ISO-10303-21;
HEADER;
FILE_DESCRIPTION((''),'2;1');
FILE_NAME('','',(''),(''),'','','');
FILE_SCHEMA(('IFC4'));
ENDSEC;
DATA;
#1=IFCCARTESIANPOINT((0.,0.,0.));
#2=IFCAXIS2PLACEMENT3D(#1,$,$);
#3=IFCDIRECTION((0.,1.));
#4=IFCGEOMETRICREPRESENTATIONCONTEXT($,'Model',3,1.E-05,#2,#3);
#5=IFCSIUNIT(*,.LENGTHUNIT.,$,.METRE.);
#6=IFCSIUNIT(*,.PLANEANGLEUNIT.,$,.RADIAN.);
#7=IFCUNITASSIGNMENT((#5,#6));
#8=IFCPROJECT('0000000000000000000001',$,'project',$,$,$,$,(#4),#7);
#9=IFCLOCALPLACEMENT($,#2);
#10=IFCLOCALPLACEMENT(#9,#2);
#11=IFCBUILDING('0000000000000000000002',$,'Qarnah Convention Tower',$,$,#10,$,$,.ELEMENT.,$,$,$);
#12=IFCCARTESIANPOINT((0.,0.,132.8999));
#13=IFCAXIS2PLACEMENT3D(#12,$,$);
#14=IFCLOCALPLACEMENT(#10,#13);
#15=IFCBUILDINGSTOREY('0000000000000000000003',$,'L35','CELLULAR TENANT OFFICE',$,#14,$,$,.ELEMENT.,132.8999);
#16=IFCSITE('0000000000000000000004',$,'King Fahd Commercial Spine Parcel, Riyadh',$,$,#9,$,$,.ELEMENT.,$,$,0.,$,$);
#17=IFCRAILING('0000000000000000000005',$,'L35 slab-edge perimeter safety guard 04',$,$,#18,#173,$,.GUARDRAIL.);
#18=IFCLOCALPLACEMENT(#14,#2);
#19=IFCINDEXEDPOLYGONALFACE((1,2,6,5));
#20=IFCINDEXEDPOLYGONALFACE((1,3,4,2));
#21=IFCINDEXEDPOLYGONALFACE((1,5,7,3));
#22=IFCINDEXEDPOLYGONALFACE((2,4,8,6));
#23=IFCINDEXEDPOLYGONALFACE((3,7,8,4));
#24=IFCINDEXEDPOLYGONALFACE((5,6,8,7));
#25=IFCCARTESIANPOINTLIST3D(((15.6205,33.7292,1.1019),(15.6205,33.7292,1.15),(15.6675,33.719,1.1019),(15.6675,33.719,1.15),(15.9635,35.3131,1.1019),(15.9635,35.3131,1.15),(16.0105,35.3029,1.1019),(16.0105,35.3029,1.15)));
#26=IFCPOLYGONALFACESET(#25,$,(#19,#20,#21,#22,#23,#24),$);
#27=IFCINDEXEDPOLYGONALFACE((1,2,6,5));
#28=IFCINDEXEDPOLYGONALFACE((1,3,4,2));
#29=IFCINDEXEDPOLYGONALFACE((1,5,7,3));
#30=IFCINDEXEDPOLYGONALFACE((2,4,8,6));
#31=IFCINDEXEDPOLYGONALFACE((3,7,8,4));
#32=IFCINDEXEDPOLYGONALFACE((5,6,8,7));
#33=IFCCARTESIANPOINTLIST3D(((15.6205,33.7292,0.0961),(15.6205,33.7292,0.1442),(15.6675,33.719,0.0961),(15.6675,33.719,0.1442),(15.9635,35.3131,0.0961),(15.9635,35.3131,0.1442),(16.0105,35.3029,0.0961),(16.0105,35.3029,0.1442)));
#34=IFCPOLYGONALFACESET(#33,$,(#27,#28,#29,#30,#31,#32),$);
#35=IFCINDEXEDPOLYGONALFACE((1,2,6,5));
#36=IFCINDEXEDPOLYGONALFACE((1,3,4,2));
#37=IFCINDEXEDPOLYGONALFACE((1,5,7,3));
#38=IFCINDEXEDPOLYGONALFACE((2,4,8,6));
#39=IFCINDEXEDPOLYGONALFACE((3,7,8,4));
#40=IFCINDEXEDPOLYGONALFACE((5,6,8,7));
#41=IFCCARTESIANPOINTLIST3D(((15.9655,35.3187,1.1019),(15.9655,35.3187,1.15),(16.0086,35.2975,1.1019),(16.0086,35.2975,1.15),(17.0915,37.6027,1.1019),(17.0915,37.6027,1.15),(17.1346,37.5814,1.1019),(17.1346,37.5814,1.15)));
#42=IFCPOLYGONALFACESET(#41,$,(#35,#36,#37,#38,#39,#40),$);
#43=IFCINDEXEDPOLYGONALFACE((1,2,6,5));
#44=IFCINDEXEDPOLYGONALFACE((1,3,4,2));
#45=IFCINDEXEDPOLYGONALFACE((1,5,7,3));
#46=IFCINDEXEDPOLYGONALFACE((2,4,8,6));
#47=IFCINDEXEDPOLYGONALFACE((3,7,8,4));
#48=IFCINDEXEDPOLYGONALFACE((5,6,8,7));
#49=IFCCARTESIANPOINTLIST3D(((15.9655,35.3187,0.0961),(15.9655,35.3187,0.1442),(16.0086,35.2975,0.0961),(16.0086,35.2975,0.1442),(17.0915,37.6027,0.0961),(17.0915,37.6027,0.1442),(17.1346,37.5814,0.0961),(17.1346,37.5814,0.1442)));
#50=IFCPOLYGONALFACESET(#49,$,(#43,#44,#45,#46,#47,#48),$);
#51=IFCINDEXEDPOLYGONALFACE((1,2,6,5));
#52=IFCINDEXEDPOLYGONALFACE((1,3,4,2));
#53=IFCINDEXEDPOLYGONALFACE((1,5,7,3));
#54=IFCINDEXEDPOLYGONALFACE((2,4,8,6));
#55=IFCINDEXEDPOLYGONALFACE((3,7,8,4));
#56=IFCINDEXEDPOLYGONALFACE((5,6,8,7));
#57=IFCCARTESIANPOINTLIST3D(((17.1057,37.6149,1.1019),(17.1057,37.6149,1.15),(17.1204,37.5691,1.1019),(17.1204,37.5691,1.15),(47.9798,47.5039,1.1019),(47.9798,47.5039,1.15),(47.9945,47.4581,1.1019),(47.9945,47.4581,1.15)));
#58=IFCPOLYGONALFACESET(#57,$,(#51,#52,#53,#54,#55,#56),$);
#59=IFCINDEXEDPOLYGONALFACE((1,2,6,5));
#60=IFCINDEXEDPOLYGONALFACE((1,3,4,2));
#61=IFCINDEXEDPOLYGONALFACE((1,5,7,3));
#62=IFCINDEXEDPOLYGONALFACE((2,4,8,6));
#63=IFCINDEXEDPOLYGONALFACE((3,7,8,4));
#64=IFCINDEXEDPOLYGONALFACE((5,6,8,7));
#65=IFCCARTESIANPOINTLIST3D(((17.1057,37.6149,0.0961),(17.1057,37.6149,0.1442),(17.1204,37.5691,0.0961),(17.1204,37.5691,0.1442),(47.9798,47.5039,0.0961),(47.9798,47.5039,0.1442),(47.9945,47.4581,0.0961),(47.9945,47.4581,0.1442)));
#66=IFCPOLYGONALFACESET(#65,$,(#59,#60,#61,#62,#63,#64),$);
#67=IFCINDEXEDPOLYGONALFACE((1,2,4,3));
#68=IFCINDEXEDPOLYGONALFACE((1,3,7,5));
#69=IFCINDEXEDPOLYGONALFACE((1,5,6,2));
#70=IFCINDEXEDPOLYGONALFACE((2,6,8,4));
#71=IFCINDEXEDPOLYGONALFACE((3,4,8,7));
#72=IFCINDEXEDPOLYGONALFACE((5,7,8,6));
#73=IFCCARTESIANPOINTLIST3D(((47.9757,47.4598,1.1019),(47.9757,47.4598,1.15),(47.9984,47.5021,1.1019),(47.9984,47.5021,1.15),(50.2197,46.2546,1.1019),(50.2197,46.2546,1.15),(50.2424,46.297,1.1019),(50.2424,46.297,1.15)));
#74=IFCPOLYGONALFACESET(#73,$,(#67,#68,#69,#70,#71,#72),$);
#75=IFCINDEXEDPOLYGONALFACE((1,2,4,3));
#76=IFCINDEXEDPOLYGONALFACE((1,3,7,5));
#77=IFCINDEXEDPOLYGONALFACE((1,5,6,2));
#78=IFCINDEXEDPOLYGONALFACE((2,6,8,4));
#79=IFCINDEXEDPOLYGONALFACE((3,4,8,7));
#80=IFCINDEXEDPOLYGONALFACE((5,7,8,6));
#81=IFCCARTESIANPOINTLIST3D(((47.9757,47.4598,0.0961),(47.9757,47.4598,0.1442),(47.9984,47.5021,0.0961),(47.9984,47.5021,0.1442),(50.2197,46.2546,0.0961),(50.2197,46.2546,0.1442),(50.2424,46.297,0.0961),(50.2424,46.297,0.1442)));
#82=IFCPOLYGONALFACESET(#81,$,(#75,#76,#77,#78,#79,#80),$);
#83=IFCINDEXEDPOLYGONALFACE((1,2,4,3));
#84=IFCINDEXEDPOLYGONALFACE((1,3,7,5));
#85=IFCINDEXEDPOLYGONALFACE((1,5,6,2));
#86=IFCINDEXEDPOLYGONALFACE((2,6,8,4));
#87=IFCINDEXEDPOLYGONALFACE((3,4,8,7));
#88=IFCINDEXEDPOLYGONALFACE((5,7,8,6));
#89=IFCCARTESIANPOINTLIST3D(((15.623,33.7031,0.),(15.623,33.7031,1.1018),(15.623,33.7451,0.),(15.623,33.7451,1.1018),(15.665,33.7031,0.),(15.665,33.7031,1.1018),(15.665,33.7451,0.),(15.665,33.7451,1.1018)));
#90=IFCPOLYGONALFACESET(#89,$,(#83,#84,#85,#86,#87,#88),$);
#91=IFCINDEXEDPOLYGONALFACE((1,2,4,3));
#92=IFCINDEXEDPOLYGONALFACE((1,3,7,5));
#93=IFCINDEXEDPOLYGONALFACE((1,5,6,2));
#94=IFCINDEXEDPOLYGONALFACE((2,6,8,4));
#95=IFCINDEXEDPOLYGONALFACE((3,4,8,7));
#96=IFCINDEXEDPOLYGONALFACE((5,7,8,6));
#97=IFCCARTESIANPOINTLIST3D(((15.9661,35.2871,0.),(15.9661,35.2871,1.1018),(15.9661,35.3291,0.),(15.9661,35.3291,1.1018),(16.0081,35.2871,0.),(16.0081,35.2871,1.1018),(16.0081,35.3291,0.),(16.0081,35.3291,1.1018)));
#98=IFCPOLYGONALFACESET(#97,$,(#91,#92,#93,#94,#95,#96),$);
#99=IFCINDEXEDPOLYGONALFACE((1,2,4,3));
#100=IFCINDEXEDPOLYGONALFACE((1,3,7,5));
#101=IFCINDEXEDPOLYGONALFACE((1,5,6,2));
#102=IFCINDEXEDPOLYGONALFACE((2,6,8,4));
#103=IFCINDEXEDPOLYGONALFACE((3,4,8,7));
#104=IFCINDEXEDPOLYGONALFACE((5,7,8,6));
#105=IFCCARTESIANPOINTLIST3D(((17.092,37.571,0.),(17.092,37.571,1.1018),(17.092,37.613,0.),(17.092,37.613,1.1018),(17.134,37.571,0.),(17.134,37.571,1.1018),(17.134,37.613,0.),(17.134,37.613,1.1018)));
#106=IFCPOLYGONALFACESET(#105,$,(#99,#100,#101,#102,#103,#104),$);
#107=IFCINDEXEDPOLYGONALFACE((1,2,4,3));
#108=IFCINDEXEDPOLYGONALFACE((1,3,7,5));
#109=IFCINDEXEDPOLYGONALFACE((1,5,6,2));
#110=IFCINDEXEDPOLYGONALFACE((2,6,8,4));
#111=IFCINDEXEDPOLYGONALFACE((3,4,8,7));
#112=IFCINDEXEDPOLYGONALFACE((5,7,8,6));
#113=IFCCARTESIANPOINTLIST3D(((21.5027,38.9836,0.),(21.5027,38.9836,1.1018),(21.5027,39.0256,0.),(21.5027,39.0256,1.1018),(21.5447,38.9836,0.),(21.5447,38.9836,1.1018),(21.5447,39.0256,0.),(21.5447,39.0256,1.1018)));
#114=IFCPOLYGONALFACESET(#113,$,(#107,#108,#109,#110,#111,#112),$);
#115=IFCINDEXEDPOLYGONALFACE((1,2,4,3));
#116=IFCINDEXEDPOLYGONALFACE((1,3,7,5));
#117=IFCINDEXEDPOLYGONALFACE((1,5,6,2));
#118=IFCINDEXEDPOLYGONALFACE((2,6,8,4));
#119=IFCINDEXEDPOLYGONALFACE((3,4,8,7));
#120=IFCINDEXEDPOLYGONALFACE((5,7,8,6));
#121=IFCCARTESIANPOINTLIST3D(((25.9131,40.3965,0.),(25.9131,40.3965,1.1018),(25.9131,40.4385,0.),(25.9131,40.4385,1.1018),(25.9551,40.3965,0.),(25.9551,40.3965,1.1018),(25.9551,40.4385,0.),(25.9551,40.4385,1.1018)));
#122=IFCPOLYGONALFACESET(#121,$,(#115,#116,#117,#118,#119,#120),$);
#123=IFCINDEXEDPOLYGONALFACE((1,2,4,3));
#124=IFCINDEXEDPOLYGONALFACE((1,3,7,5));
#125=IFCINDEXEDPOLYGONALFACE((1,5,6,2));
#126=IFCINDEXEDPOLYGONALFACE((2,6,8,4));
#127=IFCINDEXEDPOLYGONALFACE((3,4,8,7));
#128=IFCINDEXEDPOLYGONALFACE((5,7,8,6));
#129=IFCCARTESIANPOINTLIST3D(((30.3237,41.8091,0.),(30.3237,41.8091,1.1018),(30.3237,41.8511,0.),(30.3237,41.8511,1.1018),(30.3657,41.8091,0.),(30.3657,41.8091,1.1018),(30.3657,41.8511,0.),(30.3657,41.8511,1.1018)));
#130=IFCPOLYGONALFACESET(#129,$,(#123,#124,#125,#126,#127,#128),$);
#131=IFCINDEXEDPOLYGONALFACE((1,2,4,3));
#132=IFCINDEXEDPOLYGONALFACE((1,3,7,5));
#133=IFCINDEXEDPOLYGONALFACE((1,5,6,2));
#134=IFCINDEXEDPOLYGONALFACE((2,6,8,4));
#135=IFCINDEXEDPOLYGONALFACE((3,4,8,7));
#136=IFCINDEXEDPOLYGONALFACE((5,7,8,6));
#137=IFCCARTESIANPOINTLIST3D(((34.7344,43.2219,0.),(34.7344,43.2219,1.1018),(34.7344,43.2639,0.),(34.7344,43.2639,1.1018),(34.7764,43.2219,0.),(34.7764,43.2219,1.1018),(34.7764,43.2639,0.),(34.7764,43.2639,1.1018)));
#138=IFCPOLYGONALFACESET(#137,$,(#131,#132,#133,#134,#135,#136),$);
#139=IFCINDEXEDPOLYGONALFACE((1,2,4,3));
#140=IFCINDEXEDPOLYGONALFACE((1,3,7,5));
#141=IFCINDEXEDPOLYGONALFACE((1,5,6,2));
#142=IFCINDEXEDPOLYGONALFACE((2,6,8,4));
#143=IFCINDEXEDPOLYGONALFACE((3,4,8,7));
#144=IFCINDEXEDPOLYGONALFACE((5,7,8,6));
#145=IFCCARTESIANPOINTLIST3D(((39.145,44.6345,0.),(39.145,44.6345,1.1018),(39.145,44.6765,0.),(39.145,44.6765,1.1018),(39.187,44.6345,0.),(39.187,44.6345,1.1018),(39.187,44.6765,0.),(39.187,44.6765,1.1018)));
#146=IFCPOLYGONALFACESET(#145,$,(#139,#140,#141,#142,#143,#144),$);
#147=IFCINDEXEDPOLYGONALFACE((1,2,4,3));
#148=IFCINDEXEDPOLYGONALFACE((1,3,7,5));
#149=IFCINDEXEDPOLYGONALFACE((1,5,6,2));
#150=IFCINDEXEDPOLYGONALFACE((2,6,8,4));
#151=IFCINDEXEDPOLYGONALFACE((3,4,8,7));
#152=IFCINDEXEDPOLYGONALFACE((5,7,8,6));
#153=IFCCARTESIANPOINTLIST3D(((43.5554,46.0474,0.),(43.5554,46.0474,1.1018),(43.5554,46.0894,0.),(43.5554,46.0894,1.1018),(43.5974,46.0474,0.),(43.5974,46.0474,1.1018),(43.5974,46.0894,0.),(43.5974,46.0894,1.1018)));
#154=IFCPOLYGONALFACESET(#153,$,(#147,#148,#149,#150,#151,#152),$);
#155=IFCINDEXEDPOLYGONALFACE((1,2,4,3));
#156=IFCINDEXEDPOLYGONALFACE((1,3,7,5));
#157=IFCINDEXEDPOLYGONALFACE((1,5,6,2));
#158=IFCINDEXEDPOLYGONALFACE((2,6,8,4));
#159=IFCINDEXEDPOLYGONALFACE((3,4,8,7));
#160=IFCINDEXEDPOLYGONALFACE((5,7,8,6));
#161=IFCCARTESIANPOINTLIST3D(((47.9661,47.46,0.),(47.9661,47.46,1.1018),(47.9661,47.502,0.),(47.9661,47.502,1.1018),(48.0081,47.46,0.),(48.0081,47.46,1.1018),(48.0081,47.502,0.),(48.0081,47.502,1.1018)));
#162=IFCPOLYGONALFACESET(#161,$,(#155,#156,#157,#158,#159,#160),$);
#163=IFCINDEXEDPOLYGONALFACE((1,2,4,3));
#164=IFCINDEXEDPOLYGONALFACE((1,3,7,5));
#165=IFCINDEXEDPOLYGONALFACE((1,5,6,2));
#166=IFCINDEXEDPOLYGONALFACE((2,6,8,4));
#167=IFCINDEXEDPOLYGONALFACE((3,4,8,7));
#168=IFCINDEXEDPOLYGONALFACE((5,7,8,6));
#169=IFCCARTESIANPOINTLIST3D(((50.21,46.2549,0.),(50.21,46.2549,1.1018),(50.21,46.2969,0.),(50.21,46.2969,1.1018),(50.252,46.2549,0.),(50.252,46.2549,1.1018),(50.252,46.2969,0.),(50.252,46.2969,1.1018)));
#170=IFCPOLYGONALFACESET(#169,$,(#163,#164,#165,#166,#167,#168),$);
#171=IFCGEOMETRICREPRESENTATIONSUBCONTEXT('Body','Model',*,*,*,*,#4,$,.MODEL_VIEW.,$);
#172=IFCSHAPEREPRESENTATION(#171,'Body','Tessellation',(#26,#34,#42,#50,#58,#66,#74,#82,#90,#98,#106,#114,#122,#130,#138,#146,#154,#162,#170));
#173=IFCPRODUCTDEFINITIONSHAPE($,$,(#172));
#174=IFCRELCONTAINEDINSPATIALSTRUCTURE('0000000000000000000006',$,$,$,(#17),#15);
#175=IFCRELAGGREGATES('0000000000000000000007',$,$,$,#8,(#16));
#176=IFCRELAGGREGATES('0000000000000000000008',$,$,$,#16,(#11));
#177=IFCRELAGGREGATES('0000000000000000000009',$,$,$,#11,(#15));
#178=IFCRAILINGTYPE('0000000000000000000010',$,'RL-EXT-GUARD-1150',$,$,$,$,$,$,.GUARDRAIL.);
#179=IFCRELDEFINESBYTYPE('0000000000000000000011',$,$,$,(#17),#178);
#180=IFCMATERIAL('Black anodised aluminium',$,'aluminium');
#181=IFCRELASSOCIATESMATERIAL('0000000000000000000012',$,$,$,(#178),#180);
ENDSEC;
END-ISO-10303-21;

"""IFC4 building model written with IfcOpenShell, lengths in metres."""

from ifc_helpers import new_model, si_unit, direction, frame, origin, origin_2d, place, context, subcontext, project, spatial, rectangle, extrude, material, type_object, element, save


model = new_model("IFC4")

# Units and contexts
model_context = context("Model", 3, precision=1e-05, world=origin(), true_north=direction((0.0, 1.0)))
body_context = subcontext(model_context, "Body", "Model", "MODEL_VIEW")
ifc_project = project(units=[si_unit("LENGTHUNIT", "METRE"), si_unit("PLANEANGLEUNIT", "RADIAN")], contexts=[model_context])

# Site, building, storey
site_placement = place(None, origin())
site = spatial("IfcSite", under=ifc_project, at=site_placement, Name="King Fahd Commercial Spine Parcel, Riyadh", CompositionType="ELEMENT", RefElevation=0.0)
building_placement = place(site_placement, origin())
building = spatial("IfcBuilding", under=site, at=building_placement, Name="Qarnah Convention Tower", CompositionType="ELEMENT")
storey_placement = place(building_placement, frame((0.0, 0.0, 132.8999)))
storey = spatial("IfcBuildingStorey", under=building, at=storey_placement, Name="L35", Description="CELLULAR TENANT OFFICE", CompositionType="ELEMENT", Elevation=132.8999)

# Shared definitions
ifc_material_1 = material(Name="Black anodised aluminium", Category="aluminium")

# Railing
railing_type_1 = type_object("IfcRailingType", Name="RL-EXT-GUARD-1150", PredefinedType="GUARDRAIL", material=ifc_material_1)
railing_1_placement = place(storey_placement, frame((15.644, 33.7241, 0.0)))
element("IfcRailing", 1, at=railing_1_placement, inside=storey, type_object=railing_type_1, Name="L35 slab-edge perimeter safety guard 04", PredefinedType="GUARDRAIL", context=body_context, shape_type="SweptSolid", body=[
    extrude(rectangle(XDim=0.0481, YDim=0.0481, at=origin_2d()), frame((0.0, 0.0, 1.126), z_axis=(0.211648, 0.977346, 0.0), x_axis=(-0.977346, 0.211648, 0.0)), (0.0, 0.0, 1.0), 1.6206),
    extrude(rectangle(XDim=0.0481, YDim=0.0481, at=origin_2d()), frame((0.0, 0.0, 0.1201), z_axis=(0.211648, 0.977346, 0.0), x_axis=(-0.977346, 0.211648, 0.0)), (0.0, 0.0, 1.0), 1.6206),
    extrude(rectangle(XDim=0.0481, YDim=0.0481, at=origin_2d()), frame((0.343, 1.584, 1.126), z_axis=(0.442183, 0.896925, 0.0), x_axis=(-0.896925, 0.442183, 0.0)), (0.0, 0.0, 1.0), 2.5464),
    extrude(rectangle(XDim=0.0481, YDim=0.0481, at=origin_2d()), frame((0.343, 1.584, 0.1201), z_axis=(0.442183, 0.896925, 0.0), x_axis=(-0.896925, 0.442183, 0.0)), (0.0, 0.0, 1.0), 2.5464),
    extrude(rectangle(XDim=0.0481, YDim=0.0481, at=origin_2d()), frame((1.469, 3.8679, 1.126), z_axis=(0.952341, 0.305034, 0.0), x_axis=(-0.305034, 0.952341, 0.0)), (0.0, 0.0, 1.0), 32.4192),
    extrude(rectangle(XDim=0.0481, YDim=0.0481, at=origin_2d()), frame((1.469, 3.8679, 0.1201), z_axis=(0.952341, 0.305034, 0.0), x_axis=(-0.305034, 0.952341, 0.0)), (0.0, 0.0, 1.0), 32.4192),
    extrude(rectangle(XDim=0.0481, YDim=0.0481, at=origin_2d()), frame((32.343, 13.7568, 1.126), z_axis=(0.880991, -0.473134, 0.0), x_axis=(0.473134, 0.880991, 0.0)), (0.0, 0.0, 1.0), 2.5471),
    extrude(rectangle(XDim=0.0481, YDim=0.0481, at=origin_2d()), frame((32.343, 13.7568, 0.1201), z_axis=(0.880991, -0.473134, 0.0), x_axis=(0.473134, 0.880991, 0.0)), (0.0, 0.0, 1.0), 2.5471),
    extrude(rectangle(XDim=0.042, YDim=0.042, at=origin_2d()), origin(), (0.0, 0.0, 1.0), 1.1018),
    extrude(rectangle(XDim=0.042, YDim=0.042, at=origin_2d()), frame((0.343, 1.584, 0.0)), (0.0, 0.0, 1.0), 1.1018),
    extrude(rectangle(XDim=0.042, YDim=0.042, at=origin_2d()), frame((1.469, 3.8679, 0.0)), (0.0, 0.0, 1.0), 1.1018),
    extrude(rectangle(XDim=0.042, YDim=0.042, at=origin_2d()), frame((5.8796, 5.2805, 0.0)), (0.0, 0.0, 1.0), 1.1018),
    extrude(rectangle(XDim=0.042, YDim=0.042, at=origin_2d()), frame((10.29, 6.6934, 0.0)), (0.0, 0.0, 1.0), 1.1018),
    extrude(rectangle(XDim=0.042, YDim=0.042, at=origin_2d()), frame((14.7007, 8.106, 0.0)), (0.0, 0.0, 1.0), 1.1018),
    extrude(rectangle(XDim=0.042, YDim=0.042, at=origin_2d()), frame((19.1113, 9.5188, 0.0)), (0.0, 0.0, 1.0), 1.1018),
    extrude(rectangle(XDim=0.042, YDim=0.042, at=origin_2d()), frame((23.522, 10.9314, 0.0)), (0.0, 0.0, 1.0), 1.1018),
    extrude(rectangle(XDim=0.042, YDim=0.042, at=origin_2d()), frame((27.9324, 12.3442, 0.0)), (0.0, 0.0, 1.0), 1.1018),
    extrude(rectangle(XDim=0.042, YDim=0.042, at=origin_2d()), frame((32.343, 13.7568, 0.0)), (0.0, 0.0, 1.0), 1.1018),
    extrude(rectangle(XDim=0.042, YDim=0.042, at=origin_2d()), frame((34.5869, 12.5518, 0.0)), (0.0, 0.0, 1.0), 1.1018),
])

save(model, "model.ifc")
